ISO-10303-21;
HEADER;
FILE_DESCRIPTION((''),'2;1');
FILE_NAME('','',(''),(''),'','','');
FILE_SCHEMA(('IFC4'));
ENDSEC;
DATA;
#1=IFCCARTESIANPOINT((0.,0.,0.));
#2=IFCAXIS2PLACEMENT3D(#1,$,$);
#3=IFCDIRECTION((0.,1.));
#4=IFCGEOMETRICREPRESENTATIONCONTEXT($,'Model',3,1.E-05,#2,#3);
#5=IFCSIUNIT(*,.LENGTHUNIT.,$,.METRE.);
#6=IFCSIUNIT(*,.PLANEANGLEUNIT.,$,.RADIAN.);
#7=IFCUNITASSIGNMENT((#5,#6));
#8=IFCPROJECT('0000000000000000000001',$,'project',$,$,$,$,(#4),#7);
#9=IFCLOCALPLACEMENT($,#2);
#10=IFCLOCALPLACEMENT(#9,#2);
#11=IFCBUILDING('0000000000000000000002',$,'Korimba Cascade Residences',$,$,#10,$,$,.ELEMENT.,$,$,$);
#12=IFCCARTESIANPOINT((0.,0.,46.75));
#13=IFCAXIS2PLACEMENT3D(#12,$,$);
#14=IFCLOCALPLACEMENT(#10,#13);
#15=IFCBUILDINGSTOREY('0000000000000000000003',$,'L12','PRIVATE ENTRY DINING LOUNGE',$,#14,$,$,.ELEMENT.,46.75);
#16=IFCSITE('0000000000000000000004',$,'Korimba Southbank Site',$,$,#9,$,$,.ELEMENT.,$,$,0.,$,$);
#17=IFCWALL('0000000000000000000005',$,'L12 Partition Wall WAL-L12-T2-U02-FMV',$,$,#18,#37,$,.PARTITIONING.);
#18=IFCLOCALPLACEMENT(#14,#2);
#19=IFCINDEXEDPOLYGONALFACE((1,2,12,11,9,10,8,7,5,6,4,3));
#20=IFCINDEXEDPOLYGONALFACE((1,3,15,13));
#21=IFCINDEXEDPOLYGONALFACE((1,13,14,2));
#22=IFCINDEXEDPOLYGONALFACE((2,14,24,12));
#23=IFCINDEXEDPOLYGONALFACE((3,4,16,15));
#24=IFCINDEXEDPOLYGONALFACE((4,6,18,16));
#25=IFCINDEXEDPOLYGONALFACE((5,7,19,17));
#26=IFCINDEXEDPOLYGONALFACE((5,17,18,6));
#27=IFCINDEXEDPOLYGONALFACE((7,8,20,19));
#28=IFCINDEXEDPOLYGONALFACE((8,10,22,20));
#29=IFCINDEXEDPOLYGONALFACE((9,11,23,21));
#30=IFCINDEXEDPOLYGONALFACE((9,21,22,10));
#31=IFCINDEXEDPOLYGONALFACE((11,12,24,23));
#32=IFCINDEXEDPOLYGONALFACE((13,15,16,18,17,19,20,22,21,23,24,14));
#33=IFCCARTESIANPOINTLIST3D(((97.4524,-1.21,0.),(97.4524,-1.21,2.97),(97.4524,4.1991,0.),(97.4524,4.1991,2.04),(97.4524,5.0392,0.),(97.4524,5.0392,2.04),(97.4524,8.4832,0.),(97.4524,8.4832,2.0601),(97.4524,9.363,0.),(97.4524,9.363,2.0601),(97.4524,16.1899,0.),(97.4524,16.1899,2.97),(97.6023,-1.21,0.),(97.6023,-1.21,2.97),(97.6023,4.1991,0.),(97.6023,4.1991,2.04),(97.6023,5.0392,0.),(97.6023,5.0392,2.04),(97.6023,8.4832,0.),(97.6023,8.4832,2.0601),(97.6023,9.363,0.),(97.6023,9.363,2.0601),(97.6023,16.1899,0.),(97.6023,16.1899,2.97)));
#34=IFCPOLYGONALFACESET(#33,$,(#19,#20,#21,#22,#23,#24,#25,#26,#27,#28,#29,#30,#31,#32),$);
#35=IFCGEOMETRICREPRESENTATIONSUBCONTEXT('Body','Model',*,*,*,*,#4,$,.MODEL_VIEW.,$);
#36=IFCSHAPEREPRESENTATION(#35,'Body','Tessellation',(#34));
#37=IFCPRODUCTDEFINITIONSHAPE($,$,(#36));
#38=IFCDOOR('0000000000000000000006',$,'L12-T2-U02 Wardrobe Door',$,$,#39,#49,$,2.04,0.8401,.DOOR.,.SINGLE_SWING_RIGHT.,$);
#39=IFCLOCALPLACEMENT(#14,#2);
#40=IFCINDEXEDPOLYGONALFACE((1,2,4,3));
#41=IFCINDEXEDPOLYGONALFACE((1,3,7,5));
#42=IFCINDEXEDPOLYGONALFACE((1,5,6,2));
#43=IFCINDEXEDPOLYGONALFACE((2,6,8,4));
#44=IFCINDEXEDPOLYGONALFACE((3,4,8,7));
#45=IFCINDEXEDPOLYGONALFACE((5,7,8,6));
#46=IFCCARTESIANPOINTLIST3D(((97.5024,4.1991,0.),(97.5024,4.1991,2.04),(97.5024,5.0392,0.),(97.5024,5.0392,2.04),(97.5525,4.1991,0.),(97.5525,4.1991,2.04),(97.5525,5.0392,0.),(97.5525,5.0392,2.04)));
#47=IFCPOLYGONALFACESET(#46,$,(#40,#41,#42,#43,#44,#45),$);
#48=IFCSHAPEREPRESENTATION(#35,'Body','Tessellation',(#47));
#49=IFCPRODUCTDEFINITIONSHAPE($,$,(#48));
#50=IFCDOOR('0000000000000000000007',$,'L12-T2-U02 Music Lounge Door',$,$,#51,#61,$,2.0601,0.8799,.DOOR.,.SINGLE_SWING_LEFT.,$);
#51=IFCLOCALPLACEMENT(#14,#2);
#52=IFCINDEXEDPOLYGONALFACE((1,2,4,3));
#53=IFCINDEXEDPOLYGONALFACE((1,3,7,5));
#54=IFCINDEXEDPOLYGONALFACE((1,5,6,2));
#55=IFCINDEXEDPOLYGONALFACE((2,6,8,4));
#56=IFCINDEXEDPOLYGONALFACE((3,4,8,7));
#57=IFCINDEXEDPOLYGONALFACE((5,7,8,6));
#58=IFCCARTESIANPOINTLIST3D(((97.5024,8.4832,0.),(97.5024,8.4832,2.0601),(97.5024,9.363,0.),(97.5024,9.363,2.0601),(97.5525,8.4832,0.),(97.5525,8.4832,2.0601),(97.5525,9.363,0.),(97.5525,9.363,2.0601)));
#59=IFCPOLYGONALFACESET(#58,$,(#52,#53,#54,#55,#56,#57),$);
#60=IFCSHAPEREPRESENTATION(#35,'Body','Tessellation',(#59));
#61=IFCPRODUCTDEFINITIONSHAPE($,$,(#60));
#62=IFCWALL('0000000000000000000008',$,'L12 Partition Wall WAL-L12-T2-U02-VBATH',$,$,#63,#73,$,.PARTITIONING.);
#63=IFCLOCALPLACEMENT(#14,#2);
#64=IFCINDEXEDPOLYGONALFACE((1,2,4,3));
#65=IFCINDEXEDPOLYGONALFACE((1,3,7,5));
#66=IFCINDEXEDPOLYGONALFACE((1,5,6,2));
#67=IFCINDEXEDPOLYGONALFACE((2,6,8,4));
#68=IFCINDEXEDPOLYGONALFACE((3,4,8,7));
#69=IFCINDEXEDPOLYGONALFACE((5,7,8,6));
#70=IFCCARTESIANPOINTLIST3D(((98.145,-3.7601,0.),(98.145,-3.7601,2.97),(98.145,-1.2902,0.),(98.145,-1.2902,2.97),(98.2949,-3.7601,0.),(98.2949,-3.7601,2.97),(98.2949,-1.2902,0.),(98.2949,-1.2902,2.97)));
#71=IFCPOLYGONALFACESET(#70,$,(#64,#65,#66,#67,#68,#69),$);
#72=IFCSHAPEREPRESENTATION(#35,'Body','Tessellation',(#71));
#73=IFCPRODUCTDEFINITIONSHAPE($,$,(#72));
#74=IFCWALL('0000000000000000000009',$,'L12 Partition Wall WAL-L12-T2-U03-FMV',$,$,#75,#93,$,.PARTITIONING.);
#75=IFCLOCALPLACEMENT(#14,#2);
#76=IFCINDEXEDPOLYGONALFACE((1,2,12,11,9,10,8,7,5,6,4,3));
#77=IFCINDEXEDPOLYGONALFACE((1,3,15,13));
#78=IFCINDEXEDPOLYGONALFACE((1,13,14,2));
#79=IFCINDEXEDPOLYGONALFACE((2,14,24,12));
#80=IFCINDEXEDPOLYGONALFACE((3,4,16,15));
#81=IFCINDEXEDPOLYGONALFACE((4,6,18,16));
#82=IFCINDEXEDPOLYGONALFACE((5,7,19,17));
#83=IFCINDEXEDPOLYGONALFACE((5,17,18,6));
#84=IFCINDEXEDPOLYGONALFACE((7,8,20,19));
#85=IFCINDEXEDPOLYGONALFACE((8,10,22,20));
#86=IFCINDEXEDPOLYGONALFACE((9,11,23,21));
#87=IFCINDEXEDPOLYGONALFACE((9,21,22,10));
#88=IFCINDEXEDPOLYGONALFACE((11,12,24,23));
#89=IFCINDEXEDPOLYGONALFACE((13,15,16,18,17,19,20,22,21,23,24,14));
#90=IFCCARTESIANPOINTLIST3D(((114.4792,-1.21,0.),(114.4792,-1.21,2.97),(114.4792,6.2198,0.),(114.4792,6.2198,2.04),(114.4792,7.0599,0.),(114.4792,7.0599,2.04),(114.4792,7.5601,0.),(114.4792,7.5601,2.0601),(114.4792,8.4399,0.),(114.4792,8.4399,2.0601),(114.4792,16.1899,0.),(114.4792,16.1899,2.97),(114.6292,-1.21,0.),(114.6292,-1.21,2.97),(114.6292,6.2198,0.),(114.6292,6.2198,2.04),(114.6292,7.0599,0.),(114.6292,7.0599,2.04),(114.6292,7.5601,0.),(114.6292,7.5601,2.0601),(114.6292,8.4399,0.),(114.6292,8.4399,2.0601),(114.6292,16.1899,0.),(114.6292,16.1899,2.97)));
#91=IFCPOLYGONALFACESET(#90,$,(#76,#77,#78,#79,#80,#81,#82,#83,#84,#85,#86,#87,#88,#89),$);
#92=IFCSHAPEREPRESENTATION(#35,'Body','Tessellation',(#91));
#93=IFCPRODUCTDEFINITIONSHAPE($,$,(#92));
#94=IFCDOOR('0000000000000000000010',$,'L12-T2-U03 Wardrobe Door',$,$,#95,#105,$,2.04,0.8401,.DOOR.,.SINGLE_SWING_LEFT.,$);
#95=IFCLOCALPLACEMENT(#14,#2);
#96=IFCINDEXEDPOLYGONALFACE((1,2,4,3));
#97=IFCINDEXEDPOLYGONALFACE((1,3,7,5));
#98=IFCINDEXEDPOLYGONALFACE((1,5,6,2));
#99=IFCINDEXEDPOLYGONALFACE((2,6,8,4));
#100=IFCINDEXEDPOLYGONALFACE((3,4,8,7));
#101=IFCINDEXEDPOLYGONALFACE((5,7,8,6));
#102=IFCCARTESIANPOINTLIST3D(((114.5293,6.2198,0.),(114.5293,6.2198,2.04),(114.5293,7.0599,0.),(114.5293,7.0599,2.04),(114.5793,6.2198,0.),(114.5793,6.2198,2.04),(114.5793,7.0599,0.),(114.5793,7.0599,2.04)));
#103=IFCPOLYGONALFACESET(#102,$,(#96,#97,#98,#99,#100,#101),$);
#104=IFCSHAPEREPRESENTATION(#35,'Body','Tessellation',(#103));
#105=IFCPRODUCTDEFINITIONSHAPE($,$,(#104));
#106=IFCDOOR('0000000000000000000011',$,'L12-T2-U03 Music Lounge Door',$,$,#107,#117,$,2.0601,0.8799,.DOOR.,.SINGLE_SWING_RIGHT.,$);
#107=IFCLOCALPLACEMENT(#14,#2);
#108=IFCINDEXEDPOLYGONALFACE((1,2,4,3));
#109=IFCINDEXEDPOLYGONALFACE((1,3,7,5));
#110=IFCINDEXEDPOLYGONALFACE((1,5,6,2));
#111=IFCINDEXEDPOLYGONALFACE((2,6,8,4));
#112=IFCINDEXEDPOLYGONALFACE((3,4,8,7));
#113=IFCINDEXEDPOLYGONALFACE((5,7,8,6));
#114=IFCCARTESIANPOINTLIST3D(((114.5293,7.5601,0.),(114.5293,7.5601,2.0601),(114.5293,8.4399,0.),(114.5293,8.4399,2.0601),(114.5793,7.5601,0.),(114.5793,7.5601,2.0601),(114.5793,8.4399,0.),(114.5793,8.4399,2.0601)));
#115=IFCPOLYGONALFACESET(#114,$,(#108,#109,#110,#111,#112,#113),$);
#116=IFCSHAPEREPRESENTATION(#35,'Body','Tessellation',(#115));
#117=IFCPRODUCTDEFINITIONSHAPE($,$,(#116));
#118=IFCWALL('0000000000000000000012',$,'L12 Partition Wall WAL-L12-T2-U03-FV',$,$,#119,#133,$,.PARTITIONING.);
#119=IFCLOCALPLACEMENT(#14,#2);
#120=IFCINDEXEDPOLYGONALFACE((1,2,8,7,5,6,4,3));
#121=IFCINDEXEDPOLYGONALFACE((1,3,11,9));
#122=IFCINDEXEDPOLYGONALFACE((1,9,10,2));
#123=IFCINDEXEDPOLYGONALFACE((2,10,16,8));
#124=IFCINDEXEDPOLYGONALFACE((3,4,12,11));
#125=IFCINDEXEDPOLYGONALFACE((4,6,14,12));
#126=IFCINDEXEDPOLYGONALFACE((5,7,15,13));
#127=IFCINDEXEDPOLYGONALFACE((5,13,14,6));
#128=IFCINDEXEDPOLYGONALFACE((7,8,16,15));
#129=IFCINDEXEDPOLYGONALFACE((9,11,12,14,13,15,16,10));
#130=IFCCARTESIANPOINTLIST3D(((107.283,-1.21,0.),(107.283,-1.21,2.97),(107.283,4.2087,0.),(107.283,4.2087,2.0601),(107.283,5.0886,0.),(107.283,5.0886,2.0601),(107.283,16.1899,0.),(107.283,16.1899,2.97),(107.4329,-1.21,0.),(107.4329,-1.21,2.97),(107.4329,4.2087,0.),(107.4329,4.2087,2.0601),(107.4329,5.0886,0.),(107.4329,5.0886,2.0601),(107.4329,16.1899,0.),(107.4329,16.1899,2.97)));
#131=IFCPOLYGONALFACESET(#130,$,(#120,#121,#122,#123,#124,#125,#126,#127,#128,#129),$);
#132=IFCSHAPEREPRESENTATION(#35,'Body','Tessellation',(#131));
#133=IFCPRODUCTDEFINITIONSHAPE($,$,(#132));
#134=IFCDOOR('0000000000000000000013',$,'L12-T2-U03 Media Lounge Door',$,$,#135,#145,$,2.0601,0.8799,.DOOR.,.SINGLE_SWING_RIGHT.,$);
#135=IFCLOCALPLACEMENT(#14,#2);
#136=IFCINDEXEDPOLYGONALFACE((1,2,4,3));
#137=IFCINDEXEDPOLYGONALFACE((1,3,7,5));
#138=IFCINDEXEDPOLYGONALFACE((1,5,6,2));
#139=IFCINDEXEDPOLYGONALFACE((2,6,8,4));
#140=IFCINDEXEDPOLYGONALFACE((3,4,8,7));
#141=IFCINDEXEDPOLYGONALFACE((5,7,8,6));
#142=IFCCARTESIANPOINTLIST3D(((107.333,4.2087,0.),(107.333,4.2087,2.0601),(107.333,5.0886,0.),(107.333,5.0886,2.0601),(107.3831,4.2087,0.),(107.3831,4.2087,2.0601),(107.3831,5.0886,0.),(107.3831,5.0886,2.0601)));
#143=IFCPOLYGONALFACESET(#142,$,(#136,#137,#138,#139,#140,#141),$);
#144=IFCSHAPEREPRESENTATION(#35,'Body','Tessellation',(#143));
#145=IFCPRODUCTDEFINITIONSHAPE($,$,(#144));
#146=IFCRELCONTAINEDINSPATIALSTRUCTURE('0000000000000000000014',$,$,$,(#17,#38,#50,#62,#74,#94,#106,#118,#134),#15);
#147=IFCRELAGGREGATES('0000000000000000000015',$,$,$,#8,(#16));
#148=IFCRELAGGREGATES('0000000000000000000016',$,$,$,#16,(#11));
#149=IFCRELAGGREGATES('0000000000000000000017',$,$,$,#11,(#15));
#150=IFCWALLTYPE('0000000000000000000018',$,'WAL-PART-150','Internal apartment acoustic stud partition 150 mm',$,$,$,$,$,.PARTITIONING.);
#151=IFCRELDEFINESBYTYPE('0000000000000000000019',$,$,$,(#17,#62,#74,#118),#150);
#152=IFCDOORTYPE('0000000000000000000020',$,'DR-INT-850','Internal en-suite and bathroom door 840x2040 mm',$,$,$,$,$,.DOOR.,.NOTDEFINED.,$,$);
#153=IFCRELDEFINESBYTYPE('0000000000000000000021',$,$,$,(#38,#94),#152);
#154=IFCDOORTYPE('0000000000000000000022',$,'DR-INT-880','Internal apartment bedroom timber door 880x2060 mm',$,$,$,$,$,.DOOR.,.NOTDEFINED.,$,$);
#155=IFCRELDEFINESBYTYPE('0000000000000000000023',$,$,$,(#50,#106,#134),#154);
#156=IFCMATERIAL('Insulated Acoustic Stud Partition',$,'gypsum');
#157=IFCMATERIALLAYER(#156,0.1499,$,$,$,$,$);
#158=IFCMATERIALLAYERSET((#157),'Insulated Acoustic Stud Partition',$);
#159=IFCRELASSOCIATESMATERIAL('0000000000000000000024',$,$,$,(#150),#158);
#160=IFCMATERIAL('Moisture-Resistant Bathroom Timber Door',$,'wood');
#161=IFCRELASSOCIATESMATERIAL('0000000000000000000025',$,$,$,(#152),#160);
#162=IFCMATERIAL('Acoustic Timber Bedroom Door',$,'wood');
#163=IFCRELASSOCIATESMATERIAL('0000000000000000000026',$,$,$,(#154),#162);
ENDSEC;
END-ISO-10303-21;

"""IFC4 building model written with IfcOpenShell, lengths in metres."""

from ifc_helpers import new_model, si_unit, direction, frame, frame_2d, origin, place, context, subcontext, project, spatial, rectangle, extrude, material, layer, layer_set, type_object, element, fill, save


model = new_model("IFC4")

# Units and contexts
model_context = context("Model", 3, precision=1e-05, world=origin(), true_north=direction((0.0, 1.0)))
body_context = subcontext(model_context, "Body", "Model", "MODEL_VIEW")
ifc_project = project(units=[si_unit("LENGTHUNIT", "METRE"), si_unit("PLANEANGLEUNIT", "RADIAN")], contexts=[model_context])

# Site, building, storey
site_placement = place(None, origin())
site = spatial("IfcSite", under=ifc_project, at=site_placement, Name="Korimba Southbank Site", CompositionType="ELEMENT", RefElevation=0.0)
building_placement = place(site_placement, origin())
building = spatial("IfcBuilding", under=site, at=building_placement, Name="Korimba Cascade Residences", CompositionType="ELEMENT")
storey_placement = place(building_placement, frame((0.0, 0.0, 46.75)))
storey = spatial("IfcBuildingStorey", under=building, at=storey_placement, Name="L12", Description="PRIVATE ENTRY DINING LOUNGE", CompositionType="ELEMENT", Elevation=46.75)

# Wall, openings, doors
ifc_material_1 = material(Name="Insulated Acoustic Stud Partition", Category="gypsum")
ifc_layer = layer(ifc_material_1, 0.1499)
ifc_layer_set = layer_set([ifc_layer], Name="Insulated Acoustic Stud Partition")
wall_type = type_object("IfcWallType", Name="WAL-PART-150", Description="Internal apartment acoustic stud partition 150 mm", PredefinedType="PARTITIONING", material=ifc_layer_set)
wall_1_placement = place(storey_placement, frame((97.5273, -1.21, 0.0), z_axis=(0.0, 0.0, 1.0), x_axis=(0.0, 1.0, 0.0)))
wall_1 = element("IfcWall", 1, at=wall_1_placement, inside=storey, type_object=wall_type, Name="L12 Partition Wall WAL-L12-T2-U02-FMV", PredefinedType="PARTITIONING", context=body_context, shape_type="SweptSolid", body=[
    extrude(rectangle(XDim=17.3999, YDim=0.1499, at=frame_2d((8.7, 0.0))), origin(), (0.0, 0.0, 1.0), 2.97),
])
opening_1_placement = place(wall_1_placement, frame((5.4092, 0.0, 0.0)))
opening_1 = element("IfcOpeningElement", 2, at=opening_1_placement, cuts=wall_1, PredefinedType="OPENING", context=body_context, shape_type="SweptSolid", body=[
    extrude(rectangle(XDim=0.8401, YDim=2.04, at=frame_2d((0.4199, 1.02))), frame((0.0, 0.085, 0.0), z_axis=(0.0, -1.0, 0.0), x_axis=(1.0, 0.0, 0.0)), (0.0, 0.0, 1.0), 0.1699),
])
opening_2_placement = place(wall_1_placement, frame((9.6931, 0.0, 0.0)))
opening_2 = element("IfcOpeningElement", 3, at=opening_2_placement, cuts=wall_1, PredefinedType="OPENING", context=body_context, shape_type="SweptSolid", body=[
    extrude(rectangle(XDim=0.8799, YDim=2.0601, at=frame_2d((0.4399, 1.03))), frame((0.0, 0.085, 0.0), z_axis=(0.0, -1.0, 0.0), x_axis=(1.0, 0.0, 0.0)), (0.0, 0.0, 1.0), 0.1699),
])
ifc_material_2 = material(Name="Moisture-Resistant Bathroom Timber Door", Category="wood")
door_type_1 = type_object("IfcDoorType", Name="DR-INT-850", Description="Internal en-suite and bathroom door 840x2040 mm", OperationType="NOTDEFINED", PredefinedType="DOOR", material=ifc_material_2)
door_1_placement = place(opening_1_placement, origin())
door_1 = element("IfcDoor", 4, at=door_1_placement, inside=storey, type_object=door_type_1, Name="L12-T2-U02 Wardrobe Door", OperationType="SINGLE_SWING_RIGHT", OverallHeight=2.04, OverallWidth=0.8401, PredefinedType="DOOR", context=body_context, shape_type="SweptSolid", body=[
    extrude(rectangle(XDim=0.8401, YDim=2.04, at=frame_2d((0.4199, 1.02))), frame((0.0, 0.0249, 0.0), z_axis=(0.0, -1.0, 0.0), x_axis=(1.0, 0.0, 0.0)), (0.0, 0.0, 1.0), 0.05),
])
fill(opening_1, door_1)
ifc_material_3 = material(Name="Acoustic Timber Bedroom Door", Category="wood")
door_type_2 = type_object("IfcDoorType", Name="DR-INT-880", Description="Internal apartment bedroom timber door 880x2060 mm", OperationType="NOTDEFINED", PredefinedType="DOOR", material=ifc_material_3)
door_2_placement = place(opening_2_placement, origin())
door_2 = element("IfcDoor", 5, at=door_2_placement, inside=storey, type_object=door_type_2, Name="L12-T2-U02 Music Lounge Door", OperationType="SINGLE_SWING_LEFT", OverallHeight=2.0601, OverallWidth=0.8799, PredefinedType="DOOR", context=body_context, shape_type="SweptSolid", body=[
    extrude(rectangle(XDim=0.8799, YDim=2.0601, at=frame_2d((0.4399, 1.03))), frame((0.0, 0.0249, 0.0), z_axis=(0.0, -1.0, 0.0), x_axis=(1.0, 0.0, 0.0)), (0.0, 0.0, 1.0), 0.05),
])
fill(opening_2, door_2)

# Wall
wall_2_placement = place(storey_placement, frame((98.22, -3.76, 0.0), z_axis=(0.0, 0.0, 1.0), x_axis=(0.0, 1.0, 0.0)))
element("IfcWall", 6, at=wall_2_placement, inside=storey, type_object=wall_type, Name="L12 Partition Wall WAL-L12-T2-U02-VBATH", PredefinedType="PARTITIONING", context=body_context, shape_type="SweptSolid", body=[
    extrude(rectangle(XDim=2.47, YDim=0.1499, at=frame_2d((1.2349, 0.0))), origin(), (0.0, 0.0, 1.0), 2.97),
])

# Wall, openings, doors
wall_3_placement = place(storey_placement, frame((114.5542, -1.21, 0.0), z_axis=(0.0, 0.0, 1.0), x_axis=(0.0, 1.0, 0.0)))
wall_3 = element("IfcWall", 7, at=wall_3_placement, inside=storey, type_object=wall_type, Name="L12 Partition Wall WAL-L12-T2-U03-FMV", PredefinedType="PARTITIONING", context=body_context, shape_type="SweptSolid", body=[
    extrude(rectangle(XDim=17.3999, YDim=0.1499, at=frame_2d((8.7, 0.0))), origin(), (0.0, 0.0, 1.0), 2.97),
])
opening_3_placement = place(wall_3_placement, frame((7.4299, 0.0, 0.0)))
opening_3 = element("IfcOpeningElement", 8, at=opening_3_placement, cuts=wall_3, PredefinedType="OPENING", context=body_context, shape_type="SweptSolid", body=[
    extrude(rectangle(XDim=0.8401, YDim=2.04, at=frame_2d((0.4199, 1.02))), frame((0.0, 0.085, 0.0), z_axis=(0.0, -1.0, 0.0), x_axis=(1.0, 0.0, 0.0)), (0.0, 0.0, 1.0), 0.1699),
])
opening_4_placement = place(wall_3_placement, frame((8.77, 0.0, 0.0)))
opening_4 = element("IfcOpeningElement", 9, at=opening_4_placement, cuts=wall_3, PredefinedType="OPENING", context=body_context, shape_type="SweptSolid", body=[
    extrude(rectangle(XDim=0.8799, YDim=2.0601, at=frame_2d((0.4399, 1.03))), frame((0.0, 0.085, 0.0), z_axis=(0.0, -1.0, 0.0), x_axis=(1.0, 0.0, 0.0)), (0.0, 0.0, 1.0), 0.1699),
])
door_3_placement = place(opening_3_placement, origin())
door_3 = element("IfcDoor", 10, at=door_3_placement, inside=storey, type_object=door_type_1, Name="L12-T2-U03 Wardrobe Door", OperationType="SINGLE_SWING_LEFT", OverallHeight=2.04, OverallWidth=0.8401, PredefinedType="DOOR", context=body_context, shape_type="SweptSolid", body=[
    extrude(rectangle(XDim=0.8401, YDim=2.04, at=frame_2d((0.4199, 1.02))), frame((0.0, 0.0249, 0.0), z_axis=(0.0, -1.0, 0.0), x_axis=(1.0, 0.0, 0.0)), (0.0, 0.0, 1.0), 0.05),
])
fill(opening_3, door_3)
door_4_placement = place(opening_4_placement, origin())
door_4 = element("IfcDoor", 11, at=door_4_placement, inside=storey, type_object=door_type_2, Name="L12-T2-U03 Music Lounge Door", OperationType="SINGLE_SWING_RIGHT", OverallHeight=2.0601, OverallWidth=0.8799, PredefinedType="DOOR", context=body_context, shape_type="SweptSolid", body=[
    extrude(rectangle(XDim=0.8799, YDim=2.0601, at=frame_2d((0.4399, 1.03))), frame((0.0, 0.0249, 0.0), z_axis=(0.0, -1.0, 0.0), x_axis=(1.0, 0.0, 0.0)), (0.0, 0.0, 1.0), 0.05),
])
fill(opening_4, door_4)

# Wall, opening, door
wall_4_placement = place(storey_placement, frame((107.3579, -1.21, 0.0), z_axis=(0.0, 0.0, 1.0), x_axis=(0.0, 1.0, 0.0)))
wall_4 = element("IfcWall", 12, at=wall_4_placement, inside=storey, type_object=wall_type, Name="L12 Partition Wall WAL-L12-T2-U03-FV", PredefinedType="PARTITIONING", context=body_context, shape_type="SweptSolid", body=[
    extrude(rectangle(XDim=17.3999, YDim=0.1499, at=frame_2d((8.7, 0.0))), origin(), (0.0, 0.0, 1.0), 2.97),
])
opening_5_placement = place(wall_4_placement, frame((5.4187, 0.0, 0.0)))
opening_5 = element("IfcOpeningElement", 13, at=opening_5_placement, cuts=wall_4, PredefinedType="OPENING", context=body_context, shape_type="SweptSolid", body=[
    extrude(rectangle(XDim=0.8799, YDim=2.0601, at=frame_2d((0.4399, 1.03))), frame((0.0, 0.085, 0.0), z_axis=(0.0, -1.0, 0.0), x_axis=(1.0, 0.0, 0.0)), (0.0, 0.0, 1.0), 0.1699),
])
door_5_placement = place(opening_5_placement, origin())
door_5 = element("IfcDoor", 14, at=door_5_placement, inside=storey, type_object=door_type_2, Name="L12-T2-U03 Media Lounge Door", OperationType="SINGLE_SWING_RIGHT", OverallHeight=2.0601, OverallWidth=0.8799, PredefinedType="DOOR", context=body_context, shape_type="SweptSolid", body=[
    extrude(rectangle(XDim=0.8799, YDim=2.0601, at=frame_2d((0.4399, 1.03))), frame((0.0, 0.0249, 0.0), z_axis=(0.0, -1.0, 0.0), x_axis=(1.0, 0.0, 0.0)), (0.0, 0.0, 1.0), 0.05),
])
fill(opening_5, door_5)

save(model, "model.ifc")
